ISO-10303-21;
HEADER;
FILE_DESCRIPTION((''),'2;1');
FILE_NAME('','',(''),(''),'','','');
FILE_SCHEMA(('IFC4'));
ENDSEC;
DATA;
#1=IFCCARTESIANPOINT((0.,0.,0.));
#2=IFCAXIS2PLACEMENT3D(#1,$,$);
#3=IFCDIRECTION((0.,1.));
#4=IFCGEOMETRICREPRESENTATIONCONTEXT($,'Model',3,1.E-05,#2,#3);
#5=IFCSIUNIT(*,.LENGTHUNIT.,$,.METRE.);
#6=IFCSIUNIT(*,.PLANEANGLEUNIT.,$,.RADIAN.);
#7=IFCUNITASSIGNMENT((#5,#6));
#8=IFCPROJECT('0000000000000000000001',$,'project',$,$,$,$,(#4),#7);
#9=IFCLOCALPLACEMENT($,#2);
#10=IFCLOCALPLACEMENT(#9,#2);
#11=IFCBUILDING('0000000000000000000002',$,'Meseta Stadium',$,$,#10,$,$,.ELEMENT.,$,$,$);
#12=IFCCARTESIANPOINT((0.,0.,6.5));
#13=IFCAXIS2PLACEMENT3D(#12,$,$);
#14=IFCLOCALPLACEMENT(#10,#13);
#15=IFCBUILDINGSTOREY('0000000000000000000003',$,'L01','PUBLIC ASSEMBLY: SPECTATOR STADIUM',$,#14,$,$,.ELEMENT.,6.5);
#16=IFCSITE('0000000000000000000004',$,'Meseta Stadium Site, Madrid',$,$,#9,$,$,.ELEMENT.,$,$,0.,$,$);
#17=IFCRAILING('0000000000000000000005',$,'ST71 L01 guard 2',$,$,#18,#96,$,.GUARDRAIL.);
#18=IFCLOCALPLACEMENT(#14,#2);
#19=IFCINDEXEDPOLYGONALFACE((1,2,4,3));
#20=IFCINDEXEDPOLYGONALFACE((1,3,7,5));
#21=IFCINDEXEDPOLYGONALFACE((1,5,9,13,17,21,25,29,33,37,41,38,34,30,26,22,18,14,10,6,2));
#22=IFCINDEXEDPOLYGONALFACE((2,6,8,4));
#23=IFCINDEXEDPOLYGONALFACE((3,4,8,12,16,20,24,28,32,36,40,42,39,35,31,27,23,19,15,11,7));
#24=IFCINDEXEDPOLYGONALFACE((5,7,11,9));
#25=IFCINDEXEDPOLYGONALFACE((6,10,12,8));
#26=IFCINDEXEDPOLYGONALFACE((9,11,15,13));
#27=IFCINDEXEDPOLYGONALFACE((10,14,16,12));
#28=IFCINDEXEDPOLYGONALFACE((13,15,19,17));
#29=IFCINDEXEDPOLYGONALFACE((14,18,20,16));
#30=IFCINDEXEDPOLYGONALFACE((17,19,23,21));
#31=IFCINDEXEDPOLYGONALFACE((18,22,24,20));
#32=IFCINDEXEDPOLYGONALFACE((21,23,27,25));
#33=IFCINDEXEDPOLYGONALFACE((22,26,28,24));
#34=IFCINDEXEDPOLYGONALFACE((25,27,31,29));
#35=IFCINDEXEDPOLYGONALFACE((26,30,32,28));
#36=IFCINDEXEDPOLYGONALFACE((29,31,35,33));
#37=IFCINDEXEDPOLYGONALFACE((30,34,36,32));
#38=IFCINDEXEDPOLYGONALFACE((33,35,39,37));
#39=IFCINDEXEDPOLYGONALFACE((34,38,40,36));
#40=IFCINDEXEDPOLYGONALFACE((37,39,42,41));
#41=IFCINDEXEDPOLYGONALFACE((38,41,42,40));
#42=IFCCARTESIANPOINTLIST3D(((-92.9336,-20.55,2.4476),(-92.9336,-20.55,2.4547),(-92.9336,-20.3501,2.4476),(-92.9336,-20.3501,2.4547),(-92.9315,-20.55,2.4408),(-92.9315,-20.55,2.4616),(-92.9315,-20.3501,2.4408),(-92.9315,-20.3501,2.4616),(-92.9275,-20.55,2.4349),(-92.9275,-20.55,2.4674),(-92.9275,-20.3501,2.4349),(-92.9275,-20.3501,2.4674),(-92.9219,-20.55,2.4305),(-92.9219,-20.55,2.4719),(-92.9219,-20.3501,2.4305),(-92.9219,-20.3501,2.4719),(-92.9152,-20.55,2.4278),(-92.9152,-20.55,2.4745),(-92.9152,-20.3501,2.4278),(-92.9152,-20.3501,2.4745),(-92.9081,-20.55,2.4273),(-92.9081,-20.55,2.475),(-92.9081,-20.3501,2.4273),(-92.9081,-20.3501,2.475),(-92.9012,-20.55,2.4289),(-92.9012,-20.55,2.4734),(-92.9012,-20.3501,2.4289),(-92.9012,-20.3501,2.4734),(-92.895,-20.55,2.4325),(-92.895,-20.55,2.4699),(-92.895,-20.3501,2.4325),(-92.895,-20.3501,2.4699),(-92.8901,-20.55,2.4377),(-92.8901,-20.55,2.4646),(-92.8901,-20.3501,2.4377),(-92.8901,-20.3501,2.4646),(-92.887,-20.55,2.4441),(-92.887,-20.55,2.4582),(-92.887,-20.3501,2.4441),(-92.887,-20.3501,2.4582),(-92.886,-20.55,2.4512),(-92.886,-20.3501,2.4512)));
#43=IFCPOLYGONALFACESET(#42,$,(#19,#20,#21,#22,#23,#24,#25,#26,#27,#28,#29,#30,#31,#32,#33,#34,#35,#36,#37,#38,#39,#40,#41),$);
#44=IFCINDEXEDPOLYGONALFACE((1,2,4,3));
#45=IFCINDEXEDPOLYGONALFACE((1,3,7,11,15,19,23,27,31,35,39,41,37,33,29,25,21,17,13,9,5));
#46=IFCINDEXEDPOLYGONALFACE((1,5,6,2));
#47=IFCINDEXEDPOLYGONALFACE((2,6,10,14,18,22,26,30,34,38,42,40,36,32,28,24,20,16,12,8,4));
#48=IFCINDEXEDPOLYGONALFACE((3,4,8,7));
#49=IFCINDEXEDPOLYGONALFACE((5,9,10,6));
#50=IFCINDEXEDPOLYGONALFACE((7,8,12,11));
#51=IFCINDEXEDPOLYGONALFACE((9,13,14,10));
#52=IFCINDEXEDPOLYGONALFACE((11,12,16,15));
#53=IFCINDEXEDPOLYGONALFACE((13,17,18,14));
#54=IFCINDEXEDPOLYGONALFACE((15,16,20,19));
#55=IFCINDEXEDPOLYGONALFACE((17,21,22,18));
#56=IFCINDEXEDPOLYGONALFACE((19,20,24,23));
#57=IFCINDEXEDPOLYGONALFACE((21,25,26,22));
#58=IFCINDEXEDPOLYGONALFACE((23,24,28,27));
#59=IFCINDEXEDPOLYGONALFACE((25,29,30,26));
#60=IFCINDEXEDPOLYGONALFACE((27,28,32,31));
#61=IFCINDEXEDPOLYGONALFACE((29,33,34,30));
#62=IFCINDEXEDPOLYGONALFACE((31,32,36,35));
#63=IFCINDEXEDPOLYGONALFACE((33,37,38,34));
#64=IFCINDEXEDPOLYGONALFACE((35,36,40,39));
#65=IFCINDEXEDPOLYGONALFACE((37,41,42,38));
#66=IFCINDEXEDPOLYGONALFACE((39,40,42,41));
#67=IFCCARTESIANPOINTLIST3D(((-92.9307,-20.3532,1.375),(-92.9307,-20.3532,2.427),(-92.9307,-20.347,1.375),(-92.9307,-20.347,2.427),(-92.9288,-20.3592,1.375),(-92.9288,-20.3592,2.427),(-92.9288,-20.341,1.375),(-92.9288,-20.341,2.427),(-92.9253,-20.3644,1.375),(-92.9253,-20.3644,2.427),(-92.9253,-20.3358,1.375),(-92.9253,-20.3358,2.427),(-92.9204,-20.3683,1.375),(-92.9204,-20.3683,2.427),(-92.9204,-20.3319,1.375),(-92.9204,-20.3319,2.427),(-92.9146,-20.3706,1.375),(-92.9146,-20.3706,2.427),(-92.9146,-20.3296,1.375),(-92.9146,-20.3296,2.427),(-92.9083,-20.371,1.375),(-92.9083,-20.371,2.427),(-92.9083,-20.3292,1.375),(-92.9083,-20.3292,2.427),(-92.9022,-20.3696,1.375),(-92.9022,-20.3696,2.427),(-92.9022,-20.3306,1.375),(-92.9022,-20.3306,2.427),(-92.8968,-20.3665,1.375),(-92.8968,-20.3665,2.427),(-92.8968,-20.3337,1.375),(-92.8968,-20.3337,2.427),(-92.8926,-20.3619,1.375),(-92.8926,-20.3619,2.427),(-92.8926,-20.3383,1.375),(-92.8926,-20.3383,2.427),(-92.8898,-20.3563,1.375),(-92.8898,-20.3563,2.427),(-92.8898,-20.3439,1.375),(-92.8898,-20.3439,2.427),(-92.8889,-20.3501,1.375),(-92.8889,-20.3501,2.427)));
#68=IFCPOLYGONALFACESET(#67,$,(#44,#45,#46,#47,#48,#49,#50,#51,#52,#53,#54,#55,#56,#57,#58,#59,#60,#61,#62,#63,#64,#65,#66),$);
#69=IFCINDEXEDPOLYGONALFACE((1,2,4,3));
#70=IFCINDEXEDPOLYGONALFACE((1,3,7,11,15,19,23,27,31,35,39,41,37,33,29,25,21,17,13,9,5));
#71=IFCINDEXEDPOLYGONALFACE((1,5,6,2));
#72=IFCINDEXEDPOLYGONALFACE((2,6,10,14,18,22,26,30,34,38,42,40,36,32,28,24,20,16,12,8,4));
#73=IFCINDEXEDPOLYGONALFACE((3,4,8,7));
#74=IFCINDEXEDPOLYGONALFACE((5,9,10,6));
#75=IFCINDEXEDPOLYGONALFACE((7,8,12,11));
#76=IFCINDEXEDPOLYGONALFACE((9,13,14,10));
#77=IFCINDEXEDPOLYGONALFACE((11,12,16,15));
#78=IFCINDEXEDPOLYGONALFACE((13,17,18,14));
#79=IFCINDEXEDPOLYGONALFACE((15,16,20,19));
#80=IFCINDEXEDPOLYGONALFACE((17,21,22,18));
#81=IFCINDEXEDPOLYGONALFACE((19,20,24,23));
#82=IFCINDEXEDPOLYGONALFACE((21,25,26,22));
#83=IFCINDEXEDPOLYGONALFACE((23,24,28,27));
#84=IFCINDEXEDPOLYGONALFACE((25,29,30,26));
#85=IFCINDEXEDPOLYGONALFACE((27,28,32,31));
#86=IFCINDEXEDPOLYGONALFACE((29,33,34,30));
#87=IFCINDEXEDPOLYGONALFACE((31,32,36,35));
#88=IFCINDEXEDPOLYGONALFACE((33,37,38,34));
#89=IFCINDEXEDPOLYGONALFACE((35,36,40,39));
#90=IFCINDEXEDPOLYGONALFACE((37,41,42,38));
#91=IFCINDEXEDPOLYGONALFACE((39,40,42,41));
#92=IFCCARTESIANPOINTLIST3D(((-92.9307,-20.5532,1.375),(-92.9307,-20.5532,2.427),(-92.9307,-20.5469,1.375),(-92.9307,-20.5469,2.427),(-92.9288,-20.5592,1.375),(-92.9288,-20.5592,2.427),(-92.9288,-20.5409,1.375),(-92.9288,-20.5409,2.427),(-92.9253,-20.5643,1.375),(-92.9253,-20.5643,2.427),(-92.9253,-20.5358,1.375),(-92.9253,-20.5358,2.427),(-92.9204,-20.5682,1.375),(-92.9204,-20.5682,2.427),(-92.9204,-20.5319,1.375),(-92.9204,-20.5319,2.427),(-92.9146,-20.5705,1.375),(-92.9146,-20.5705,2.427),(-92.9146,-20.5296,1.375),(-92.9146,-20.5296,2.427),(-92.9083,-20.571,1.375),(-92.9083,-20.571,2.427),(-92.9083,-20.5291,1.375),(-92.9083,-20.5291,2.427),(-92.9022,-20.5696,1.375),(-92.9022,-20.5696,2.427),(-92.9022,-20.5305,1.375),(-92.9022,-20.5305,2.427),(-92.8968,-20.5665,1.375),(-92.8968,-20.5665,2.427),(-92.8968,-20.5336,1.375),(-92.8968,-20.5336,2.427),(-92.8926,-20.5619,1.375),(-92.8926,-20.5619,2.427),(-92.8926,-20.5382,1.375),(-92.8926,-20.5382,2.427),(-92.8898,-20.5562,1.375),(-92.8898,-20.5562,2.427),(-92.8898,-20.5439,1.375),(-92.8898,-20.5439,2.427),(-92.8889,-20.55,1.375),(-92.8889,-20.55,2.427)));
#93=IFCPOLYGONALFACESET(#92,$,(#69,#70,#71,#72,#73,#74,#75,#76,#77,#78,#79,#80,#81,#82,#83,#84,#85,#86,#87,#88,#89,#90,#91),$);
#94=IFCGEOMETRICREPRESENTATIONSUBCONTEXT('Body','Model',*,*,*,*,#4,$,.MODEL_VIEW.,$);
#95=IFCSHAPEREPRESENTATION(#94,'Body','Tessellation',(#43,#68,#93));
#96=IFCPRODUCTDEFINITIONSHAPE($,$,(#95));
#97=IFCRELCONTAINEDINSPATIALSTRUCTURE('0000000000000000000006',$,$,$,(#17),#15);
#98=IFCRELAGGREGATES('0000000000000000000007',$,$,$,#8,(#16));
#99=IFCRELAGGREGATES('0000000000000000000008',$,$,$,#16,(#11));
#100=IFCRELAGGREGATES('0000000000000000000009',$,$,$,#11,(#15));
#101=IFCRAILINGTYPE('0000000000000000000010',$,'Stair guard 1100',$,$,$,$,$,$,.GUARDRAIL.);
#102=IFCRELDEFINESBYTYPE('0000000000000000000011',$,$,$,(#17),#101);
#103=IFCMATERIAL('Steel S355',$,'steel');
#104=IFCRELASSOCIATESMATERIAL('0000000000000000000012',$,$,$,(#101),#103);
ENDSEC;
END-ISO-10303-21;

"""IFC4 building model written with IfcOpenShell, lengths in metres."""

from ifc_helpers import new_model, si_unit, direction, frame, origin, origin_2d, place, context, subcontext, project, spatial, circle, extrude, material, type_object, element, save


model = new_model("IFC4")

# Units and contexts
model_context = context("Model", 3, precision=1e-05, world=origin(), true_north=direction((0.0, 1.0)))
body_context = subcontext(model_context, "Body", "Model", "MODEL_VIEW")
ifc_project = project(units=[si_unit("LENGTHUNIT", "METRE"), si_unit("PLANEANGLEUNIT", "RADIAN")], contexts=[model_context])

# Site, building, storey
site_placement = place(None, origin())
site = spatial("IfcSite", under=ifc_project, at=site_placement, Name="Meseta Stadium Site, Madrid", CompositionType="ELEMENT", RefElevation=0.0)
building_placement = place(site_placement, origin())
building = spatial("IfcBuilding", under=site, at=building_placement, Name="Meseta Stadium", CompositionType="ELEMENT")
storey_placement = place(building_placement, frame((0.0, 0.0, 6.5)))
storey = spatial("IfcBuildingStorey", under=building, at=storey_placement, Name="L01", Description="PUBLIC ASSEMBLY: SPECTATOR STADIUM", CompositionType="ELEMENT", Elevation=6.5)

# Railing
ifc_material_1 = material(Name="Steel S355", Category="steel")
railing_type_1 = type_object("IfcRailingType", Name="Stair guard 1100", PredefinedType="GUARDRAIL", material=ifc_material_1)
railing_1_placement = place(storey_placement, frame((-92.9099, -20.3501, 1.375)))
element("IfcRailing", 1, at=railing_1_placement, inside=storey, type_object=railing_type_1, Name="ST71 L01 guard 2", PredefinedType="GUARDRAIL", context=body_context, shape_type="SweptSolid", body=[
    extrude(circle(Radius=0.0239, at=origin_2d()), frame((0.0, 0.0, 1.0762), z_axis=(0.0, -1.0, 0.0), x_axis=(1.0, 0.0, 0.0)), (0.0, 0.0, 1.0), 0.2),
    extrude(circle(Radius=0.021, at=origin_2d()), origin(), (0.0, 0.0, 1.0), 1.052),
    extrude(circle(Radius=0.021, at=origin_2d()), frame((0.0, -0.2, 0.0)), (0.0, 0.0, 1.0), 1.052),
])

save(model, "model.ifc")
